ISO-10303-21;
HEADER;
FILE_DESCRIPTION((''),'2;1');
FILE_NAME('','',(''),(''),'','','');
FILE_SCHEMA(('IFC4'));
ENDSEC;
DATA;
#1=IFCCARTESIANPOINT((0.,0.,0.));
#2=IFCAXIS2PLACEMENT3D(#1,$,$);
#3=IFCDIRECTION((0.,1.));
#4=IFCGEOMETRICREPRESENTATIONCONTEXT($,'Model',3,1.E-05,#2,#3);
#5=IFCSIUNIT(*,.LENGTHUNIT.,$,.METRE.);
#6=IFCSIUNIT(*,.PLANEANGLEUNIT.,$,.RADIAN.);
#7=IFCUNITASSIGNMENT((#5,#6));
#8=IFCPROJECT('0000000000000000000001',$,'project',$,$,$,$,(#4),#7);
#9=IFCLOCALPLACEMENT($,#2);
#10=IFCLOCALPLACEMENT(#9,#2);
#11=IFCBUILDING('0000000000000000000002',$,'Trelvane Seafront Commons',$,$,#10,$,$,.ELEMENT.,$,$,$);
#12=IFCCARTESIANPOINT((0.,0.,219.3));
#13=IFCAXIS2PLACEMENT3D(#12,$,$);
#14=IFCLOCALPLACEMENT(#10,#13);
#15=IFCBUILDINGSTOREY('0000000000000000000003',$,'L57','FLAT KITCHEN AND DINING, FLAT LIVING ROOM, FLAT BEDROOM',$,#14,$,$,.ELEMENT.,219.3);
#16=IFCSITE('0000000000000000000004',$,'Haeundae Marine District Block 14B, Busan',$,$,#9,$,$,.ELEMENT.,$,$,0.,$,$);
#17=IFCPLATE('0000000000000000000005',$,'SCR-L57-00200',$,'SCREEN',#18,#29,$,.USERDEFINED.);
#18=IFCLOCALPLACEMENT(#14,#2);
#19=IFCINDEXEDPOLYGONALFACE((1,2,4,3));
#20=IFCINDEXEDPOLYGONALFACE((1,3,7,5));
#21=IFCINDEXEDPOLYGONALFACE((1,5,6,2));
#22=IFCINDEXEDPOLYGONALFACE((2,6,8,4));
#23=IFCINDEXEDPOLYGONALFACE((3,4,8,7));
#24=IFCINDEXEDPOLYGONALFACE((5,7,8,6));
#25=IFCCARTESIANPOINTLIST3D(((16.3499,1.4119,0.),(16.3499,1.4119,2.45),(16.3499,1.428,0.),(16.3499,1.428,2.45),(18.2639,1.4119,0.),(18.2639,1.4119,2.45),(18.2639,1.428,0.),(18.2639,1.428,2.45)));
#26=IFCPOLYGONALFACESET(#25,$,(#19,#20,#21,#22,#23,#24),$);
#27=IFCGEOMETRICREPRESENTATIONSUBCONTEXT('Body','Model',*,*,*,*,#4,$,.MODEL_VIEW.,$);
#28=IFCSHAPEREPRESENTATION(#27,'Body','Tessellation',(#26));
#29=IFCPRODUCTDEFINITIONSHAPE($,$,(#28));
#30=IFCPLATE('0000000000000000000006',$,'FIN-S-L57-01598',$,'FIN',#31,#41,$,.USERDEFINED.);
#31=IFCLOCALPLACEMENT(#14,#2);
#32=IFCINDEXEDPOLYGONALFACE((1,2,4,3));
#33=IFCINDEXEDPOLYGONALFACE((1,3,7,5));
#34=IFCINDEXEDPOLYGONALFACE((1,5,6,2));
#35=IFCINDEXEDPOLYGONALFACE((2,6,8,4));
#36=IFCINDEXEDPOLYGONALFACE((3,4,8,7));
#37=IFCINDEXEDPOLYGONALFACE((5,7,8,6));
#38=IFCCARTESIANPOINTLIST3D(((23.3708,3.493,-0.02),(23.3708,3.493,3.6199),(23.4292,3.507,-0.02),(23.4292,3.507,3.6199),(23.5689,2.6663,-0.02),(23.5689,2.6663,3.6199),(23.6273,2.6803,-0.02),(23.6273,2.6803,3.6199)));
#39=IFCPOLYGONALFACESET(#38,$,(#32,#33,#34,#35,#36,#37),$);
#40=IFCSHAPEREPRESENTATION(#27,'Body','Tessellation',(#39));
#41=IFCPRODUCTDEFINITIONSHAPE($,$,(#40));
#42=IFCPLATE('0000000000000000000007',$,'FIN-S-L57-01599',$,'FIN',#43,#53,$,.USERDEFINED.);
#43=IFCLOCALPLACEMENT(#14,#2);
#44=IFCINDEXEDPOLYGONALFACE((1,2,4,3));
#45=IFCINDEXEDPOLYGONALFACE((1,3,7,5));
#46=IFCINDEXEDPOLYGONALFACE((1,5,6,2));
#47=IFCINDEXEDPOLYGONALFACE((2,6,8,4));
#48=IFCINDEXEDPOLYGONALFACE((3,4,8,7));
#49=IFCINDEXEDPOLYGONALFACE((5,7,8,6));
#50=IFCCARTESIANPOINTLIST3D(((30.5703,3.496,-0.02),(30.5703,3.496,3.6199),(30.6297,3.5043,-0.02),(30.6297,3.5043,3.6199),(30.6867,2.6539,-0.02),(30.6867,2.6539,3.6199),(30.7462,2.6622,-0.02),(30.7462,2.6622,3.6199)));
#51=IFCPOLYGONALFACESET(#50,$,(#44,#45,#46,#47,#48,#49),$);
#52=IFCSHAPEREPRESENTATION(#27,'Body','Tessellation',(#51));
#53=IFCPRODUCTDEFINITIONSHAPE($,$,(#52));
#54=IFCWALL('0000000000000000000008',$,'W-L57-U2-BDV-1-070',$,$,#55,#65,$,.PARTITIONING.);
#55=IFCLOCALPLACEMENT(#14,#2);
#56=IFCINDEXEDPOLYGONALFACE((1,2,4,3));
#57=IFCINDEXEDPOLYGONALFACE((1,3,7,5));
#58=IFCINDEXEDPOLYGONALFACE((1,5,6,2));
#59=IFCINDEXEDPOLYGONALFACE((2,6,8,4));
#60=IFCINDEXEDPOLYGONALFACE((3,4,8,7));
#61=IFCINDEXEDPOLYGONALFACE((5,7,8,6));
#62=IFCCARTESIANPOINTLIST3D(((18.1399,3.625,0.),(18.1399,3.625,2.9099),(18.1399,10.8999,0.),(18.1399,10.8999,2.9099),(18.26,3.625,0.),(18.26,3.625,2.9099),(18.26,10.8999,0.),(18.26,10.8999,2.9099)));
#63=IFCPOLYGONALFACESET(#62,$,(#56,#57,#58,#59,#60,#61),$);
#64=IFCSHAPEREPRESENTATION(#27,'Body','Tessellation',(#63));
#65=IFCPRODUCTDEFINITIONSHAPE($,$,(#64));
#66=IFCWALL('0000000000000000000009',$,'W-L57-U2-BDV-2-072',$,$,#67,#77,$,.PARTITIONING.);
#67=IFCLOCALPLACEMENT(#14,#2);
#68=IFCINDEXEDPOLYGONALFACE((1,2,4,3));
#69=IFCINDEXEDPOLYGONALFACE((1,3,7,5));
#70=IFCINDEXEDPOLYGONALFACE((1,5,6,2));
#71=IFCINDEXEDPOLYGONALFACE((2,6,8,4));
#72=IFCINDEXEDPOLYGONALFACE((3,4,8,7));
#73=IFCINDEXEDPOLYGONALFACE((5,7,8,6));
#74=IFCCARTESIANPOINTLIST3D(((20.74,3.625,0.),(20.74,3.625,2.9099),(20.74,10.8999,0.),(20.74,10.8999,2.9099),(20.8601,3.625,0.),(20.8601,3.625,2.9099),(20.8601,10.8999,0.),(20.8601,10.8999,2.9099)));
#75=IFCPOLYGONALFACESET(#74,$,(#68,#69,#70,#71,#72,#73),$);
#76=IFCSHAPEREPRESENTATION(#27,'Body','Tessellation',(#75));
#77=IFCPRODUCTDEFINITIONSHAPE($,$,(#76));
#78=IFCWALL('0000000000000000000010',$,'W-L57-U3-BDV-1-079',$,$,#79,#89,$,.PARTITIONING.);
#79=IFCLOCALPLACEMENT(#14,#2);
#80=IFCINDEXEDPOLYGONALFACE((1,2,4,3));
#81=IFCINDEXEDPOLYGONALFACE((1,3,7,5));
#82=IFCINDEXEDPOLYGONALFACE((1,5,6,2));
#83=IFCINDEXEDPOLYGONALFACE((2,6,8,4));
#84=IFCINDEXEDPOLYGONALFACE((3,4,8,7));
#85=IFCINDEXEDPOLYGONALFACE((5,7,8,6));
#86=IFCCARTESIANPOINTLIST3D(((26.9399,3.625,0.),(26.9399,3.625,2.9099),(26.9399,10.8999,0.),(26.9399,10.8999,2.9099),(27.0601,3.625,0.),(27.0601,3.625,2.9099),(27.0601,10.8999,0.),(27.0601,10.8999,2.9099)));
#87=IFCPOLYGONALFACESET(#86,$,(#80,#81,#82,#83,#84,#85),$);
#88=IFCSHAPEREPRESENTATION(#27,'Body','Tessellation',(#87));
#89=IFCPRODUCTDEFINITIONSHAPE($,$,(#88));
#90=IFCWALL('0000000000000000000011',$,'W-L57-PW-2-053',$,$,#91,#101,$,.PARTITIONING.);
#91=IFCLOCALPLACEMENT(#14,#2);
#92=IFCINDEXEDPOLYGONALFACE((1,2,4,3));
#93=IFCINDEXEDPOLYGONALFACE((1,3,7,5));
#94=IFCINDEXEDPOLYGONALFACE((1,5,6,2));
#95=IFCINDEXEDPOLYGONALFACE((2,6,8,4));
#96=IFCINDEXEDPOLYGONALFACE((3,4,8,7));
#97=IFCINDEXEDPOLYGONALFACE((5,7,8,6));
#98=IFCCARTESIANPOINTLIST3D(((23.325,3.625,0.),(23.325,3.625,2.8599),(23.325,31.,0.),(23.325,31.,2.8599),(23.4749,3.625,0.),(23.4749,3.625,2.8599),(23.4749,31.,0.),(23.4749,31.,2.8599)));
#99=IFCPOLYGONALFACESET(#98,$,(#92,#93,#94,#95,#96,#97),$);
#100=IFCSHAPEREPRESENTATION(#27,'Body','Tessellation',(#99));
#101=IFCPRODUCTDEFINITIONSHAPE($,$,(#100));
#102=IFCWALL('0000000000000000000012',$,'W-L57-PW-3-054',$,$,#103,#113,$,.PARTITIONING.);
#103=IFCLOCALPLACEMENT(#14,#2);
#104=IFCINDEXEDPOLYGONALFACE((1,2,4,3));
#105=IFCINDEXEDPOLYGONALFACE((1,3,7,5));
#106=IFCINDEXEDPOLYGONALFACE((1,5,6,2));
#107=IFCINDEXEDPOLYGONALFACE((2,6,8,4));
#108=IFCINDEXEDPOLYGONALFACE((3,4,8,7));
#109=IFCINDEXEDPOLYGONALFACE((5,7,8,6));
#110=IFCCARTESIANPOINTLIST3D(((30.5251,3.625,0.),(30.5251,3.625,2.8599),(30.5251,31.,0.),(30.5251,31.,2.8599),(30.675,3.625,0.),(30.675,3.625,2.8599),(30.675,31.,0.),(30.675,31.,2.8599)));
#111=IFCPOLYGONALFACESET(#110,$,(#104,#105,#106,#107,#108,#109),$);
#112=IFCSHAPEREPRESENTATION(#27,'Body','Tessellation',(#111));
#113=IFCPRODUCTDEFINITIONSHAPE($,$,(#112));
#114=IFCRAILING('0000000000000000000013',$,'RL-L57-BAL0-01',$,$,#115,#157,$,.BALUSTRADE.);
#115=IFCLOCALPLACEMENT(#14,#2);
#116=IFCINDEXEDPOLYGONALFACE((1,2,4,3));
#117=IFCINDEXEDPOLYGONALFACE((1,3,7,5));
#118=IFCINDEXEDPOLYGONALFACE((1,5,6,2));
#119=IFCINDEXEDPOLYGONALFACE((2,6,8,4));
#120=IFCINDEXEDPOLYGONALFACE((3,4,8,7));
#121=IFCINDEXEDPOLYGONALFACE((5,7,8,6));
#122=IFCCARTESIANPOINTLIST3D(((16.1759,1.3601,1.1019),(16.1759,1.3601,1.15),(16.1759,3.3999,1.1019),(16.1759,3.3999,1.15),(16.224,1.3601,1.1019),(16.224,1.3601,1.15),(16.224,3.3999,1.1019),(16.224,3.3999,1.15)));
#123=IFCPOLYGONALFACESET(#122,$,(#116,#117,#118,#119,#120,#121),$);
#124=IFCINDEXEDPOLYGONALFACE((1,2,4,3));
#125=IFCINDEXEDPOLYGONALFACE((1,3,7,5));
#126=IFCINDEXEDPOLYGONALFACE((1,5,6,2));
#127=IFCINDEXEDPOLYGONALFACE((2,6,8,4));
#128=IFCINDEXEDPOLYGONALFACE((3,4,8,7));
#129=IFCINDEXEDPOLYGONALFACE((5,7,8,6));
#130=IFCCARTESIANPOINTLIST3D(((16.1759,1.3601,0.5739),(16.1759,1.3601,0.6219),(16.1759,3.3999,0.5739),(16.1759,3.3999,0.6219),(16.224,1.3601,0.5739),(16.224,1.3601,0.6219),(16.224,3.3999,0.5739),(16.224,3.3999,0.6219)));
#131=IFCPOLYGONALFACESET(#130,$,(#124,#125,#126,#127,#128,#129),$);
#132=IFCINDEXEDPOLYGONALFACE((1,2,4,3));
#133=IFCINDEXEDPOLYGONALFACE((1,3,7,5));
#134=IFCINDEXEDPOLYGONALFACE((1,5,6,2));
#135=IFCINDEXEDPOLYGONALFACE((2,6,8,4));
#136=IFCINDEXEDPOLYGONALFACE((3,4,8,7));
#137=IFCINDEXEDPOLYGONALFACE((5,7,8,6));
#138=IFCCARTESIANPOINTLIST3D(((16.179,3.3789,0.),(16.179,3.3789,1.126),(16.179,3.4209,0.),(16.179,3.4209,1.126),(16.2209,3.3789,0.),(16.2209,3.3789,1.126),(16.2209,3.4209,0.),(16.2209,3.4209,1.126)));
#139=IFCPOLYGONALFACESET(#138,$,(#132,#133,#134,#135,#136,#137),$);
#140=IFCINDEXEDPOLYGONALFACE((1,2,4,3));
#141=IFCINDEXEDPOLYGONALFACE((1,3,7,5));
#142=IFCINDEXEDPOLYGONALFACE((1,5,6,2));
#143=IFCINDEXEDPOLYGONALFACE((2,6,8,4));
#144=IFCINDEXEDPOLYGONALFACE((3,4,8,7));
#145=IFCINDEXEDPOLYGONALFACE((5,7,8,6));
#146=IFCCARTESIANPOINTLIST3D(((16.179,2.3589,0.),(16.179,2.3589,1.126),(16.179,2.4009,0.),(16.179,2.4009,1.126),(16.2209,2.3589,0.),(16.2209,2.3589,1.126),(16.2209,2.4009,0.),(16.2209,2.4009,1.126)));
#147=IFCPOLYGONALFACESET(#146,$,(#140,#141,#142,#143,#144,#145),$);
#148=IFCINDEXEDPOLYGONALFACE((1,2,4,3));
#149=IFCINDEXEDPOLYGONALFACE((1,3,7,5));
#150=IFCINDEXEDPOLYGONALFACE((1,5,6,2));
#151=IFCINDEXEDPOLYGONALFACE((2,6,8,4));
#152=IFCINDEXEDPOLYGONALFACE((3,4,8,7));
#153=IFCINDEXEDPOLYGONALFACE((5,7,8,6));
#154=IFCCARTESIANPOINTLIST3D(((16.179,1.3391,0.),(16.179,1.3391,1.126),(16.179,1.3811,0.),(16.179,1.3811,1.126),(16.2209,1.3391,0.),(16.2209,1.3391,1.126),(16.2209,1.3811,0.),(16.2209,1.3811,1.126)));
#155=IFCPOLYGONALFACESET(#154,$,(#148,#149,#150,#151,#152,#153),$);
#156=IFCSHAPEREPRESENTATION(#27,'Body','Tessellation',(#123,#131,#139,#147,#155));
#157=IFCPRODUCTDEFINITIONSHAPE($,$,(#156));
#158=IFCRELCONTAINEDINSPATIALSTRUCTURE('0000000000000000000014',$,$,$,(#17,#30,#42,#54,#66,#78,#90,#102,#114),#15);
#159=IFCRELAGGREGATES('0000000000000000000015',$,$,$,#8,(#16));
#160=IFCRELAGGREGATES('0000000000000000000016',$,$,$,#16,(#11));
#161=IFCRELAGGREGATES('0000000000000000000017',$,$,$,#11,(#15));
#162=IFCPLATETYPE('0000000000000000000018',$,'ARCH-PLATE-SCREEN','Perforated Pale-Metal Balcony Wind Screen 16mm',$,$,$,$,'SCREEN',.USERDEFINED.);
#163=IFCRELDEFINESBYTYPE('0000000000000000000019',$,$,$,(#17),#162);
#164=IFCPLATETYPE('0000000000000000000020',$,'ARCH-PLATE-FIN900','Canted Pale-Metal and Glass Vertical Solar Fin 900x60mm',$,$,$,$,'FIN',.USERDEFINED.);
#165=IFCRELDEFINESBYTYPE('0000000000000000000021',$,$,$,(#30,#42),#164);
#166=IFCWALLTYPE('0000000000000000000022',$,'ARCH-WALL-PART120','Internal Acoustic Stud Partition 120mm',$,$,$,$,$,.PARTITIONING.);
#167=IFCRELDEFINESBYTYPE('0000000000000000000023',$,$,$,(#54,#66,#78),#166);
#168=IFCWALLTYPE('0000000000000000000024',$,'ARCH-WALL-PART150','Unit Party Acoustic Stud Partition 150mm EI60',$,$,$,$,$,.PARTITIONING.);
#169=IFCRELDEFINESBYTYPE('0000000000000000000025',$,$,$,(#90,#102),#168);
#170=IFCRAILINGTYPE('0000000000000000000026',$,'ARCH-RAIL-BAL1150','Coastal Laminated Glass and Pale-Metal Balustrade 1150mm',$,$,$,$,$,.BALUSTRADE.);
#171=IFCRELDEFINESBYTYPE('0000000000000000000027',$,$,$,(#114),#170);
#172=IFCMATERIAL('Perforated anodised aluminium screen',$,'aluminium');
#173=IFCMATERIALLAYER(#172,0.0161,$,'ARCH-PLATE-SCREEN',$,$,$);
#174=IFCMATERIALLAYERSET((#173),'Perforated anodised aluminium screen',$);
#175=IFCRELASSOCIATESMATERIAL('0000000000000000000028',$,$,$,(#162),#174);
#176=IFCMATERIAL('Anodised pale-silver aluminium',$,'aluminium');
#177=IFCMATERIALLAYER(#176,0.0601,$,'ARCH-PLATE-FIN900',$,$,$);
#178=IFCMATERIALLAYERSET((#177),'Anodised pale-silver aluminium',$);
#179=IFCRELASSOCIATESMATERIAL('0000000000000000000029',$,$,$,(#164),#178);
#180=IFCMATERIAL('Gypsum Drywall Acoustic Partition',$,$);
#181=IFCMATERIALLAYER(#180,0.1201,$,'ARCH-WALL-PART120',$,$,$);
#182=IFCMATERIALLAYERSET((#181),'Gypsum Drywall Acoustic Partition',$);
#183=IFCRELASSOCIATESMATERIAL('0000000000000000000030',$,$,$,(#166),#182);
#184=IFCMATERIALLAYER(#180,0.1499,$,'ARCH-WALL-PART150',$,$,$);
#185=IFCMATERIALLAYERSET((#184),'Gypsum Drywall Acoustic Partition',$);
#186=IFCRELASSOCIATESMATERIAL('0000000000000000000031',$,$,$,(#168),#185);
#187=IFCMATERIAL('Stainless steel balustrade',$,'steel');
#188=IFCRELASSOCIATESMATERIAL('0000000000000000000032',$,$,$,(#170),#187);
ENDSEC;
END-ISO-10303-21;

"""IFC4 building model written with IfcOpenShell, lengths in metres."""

from ifc_helpers import new_model, si_unit, direction, frame, frame_2d, origin, origin_2d, place, context, subcontext, project, spatial, rectangle, extrude, source, transform, mapped, material, layer, layer_set, type_object, element, save


model = new_model("IFC4")

# Units and contexts
model_context = context("Model", 3, precision=1e-05, world=origin(), true_north=direction((0.0, 1.0)))
body_context = subcontext(model_context, "Body", "Model", "MODEL_VIEW")
ifc_project = project(units=[si_unit("LENGTHUNIT", "METRE"), si_unit("PLANEANGLEUNIT", "RADIAN")], contexts=[model_context])

# Site, building, storey
site_placement = place(None, origin())
site = spatial("IfcSite", under=ifc_project, at=site_placement, Name="Haeundae Marine District Block 14B, Busan", CompositionType="ELEMENT", RefElevation=0.0)
building_placement = place(site_placement, origin())
building = spatial("IfcBuilding", under=site, at=building_placement, Name="Trelvane Seafront Commons", CompositionType="ELEMENT")
storey_placement = place(building_placement, frame((0.0, 0.0, 219.3)))
storey = spatial("IfcBuildingStorey", under=building, at=storey_placement, Name="L57", Description="FLAT KITCHEN AND DINING, FLAT LIVING ROOM, FLAT BEDROOM", CompositionType="ELEMENT", Elevation=219.3)

# Plates
ifc_material_1 = material(Name="Perforated anodised aluminium screen", Category="aluminium")
ifc_layer_1 = layer(ifc_material_1, 0.0161, Name="ARCH-PLATE-SCREEN")
ifc_layer_set_1 = layer_set([ifc_layer_1], Name="Perforated anodised aluminium screen")
plate_type_1 = type_object("IfcPlateType", Name="ARCH-PLATE-SCREEN", Description="Perforated Pale-Metal Balcony Wind Screen 16mm", ElementType="SCREEN", PredefinedType="USERDEFINED", material=ifc_layer_set_1)
shared_shape_1 = source(origin(), body_context, "Body", "SweptSolid", [
    extrude(rectangle(XDim=1.9141, YDim=0.0161, at=origin_2d()), origin(), (0.0, 0.0, 1.0), 2.45),
])
plate_placement = place(storey_placement, frame((17.3069, 1.4199, 0.0), z_axis=(0.0, 0.0, 1.0), x_axis=(1.0, 0.0, 0.0)))
element("IfcPlate", 1, at=plate_placement, inside=storey, type_object=plate_type_1, Name="SCR-L57-00200", ObjectType="SCREEN", PredefinedType="USERDEFINED", context=body_context, shape_type="MappedRepresentation", body=[
    mapped(shared_shape_1, transform((0.0, 0.0, 0.0), x_axis=(1.0, 0.0, 0.0), y_axis=(0.0, 1.0, 0.0), z_axis=(0.0, 0.0, 1.0), scale=1.0)),
])
ifc_material_2 = material(Name="Anodised pale-silver aluminium", Category="aluminium")
ifc_layer_2 = layer(ifc_material_2, 0.0601, Name="ARCH-PLATE-FIN900")
ifc_layer_set_2 = layer_set([ifc_layer_2], Name="Anodised pale-silver aluminium")
plate_type_2 = type_object("IfcPlateType", Name="ARCH-PLATE-FIN900", Description="Canted Pale-Metal and Glass Vertical Solar Fin 900x60mm", ElementType="FIN", PredefinedType="USERDEFINED", material=ifc_layer_set_2)
shared_shape_2 = source(origin(), body_context, "Body", "SweptSolid", [
    extrude(rectangle(XDim=0.8501, YDim=0.0601, at=origin_2d()), origin(), (0.0, 0.0, 1.0), 3.6399),
])
for number, where, z_axis, x_axis, name in (
    (2, (23.499, 3.0867, -0.02), (0.0, 0.0, 1.0), (0.233057, -0.972463, 0.0), "FIN-S-L57-01598"),
    (3, (30.6582, 3.0791, -0.02), (0.0, 0.0, 1.0), (0.13694, -0.990579, 0.0), "FIN-S-L57-01599"),
):
    element("IfcPlate", number, at=place(storey_placement, frame(where, z_axis=z_axis, x_axis=x_axis)), inside=storey, type_object=plate_type_2, Name=name, ObjectType="FIN", PredefinedType="USERDEFINED", context=body_context, shape_type="MappedRepresentation", body=[
        mapped(shared_shape_2, transform((0.0, 0.0, 0.0), x_axis=(1.0, 0.0, 0.0), y_axis=(0.0, 1.0, 0.0), z_axis=(0.0, 0.0, 1.0), scale=1.0)),
    ])

# Shared definitions
ifc_material_3 = material(Name="Gypsum Drywall Acoustic Partition")
ifc_layer_3 = layer(ifc_material_3, 0.1201, Name="ARCH-WALL-PART120")
ifc_layer_set_3 = layer_set([ifc_layer_3], Name="Gypsum Drywall Acoustic Partition")
wall_type_1 = type_object("IfcWallType", Name="ARCH-WALL-PART120", Description="Internal Acoustic Stud Partition 120mm", PredefinedType="PARTITIONING", material=ifc_layer_set_3)

# Wall
wall_1_placement = place(storey_placement, frame((18.2, 3.625, 0.0), z_axis=(0.0, 0.0, 1.0), x_axis=(0.0, 1.0, 0.0)))
element("IfcWall", 4, at=wall_1_placement, inside=storey, type_object=wall_type_1, Name="W-L57-U2-BDV-1-070", PredefinedType="PARTITIONING", context=body_context, shape_type="SweptSolid", body=[
    extrude(rectangle(XDim=7.2749, YDim=0.1201, at=frame_2d((3.6375, 0.0))), origin(), (0.0, 0.0, 1.0), 2.9099),
])

# Walls
for number, where, z_axis, x_axis, name in (
    (5, (20.8, 3.625, 0.0), (0.0, 0.0, 1.0), (0.0, 1.0, 0.0), "W-L57-U2-BDV-2-072"),
    (6, (27.0, 3.625, 0.0), (0.0, 0.0, 1.0), (0.0, 1.0, 0.0), "W-L57-U3-BDV-1-079"),
):
    element("IfcWall", number, at=place(storey_placement, frame(where, z_axis=z_axis, x_axis=x_axis)), inside=storey, type_object=wall_type_1, Name=name, PredefinedType="PARTITIONING", context=body_context, shape_type="SweptSolid", body=[
        extrude(rectangle(XDim=7.2749, YDim=0.1201, at=frame_2d((3.6375, 0.0))), origin(), (0.0, 0.0, 1.0), 2.9099),
    ])
ifc_layer_4 = layer(ifc_material_3, 0.1499, Name="ARCH-WALL-PART150")
ifc_layer_set_4 = layer_set([ifc_layer_4], Name="Gypsum Drywall Acoustic Partition")
wall_type_2 = type_object("IfcWallType", Name="ARCH-WALL-PART150", Description="Unit Party Acoustic Stud Partition 150mm EI60", PredefinedType="PARTITIONING", material=ifc_layer_set_4)
for number, where, z_axis, x_axis, name in (
    (7, (23.3999, 3.625, 0.0), (0.0, 0.0, 1.0), (0.0, 1.0, 0.0), "W-L57-PW-2-053"),
    (8, (30.6001, 3.625, 0.0), (0.0, 0.0, 1.0), (0.0, 1.0, 0.0), "W-L57-PW-3-054"),
):
    element("IfcWall", number, at=place(storey_placement, frame(where, z_axis=z_axis, x_axis=x_axis)), inside=storey, type_object=wall_type_2, Name=name, PredefinedType="PARTITIONING", context=body_context, shape_type="SweptSolid", body=[
        extrude(rectangle(XDim=27.375, YDim=0.1499, at=frame_2d((13.6875, 0.0))), origin(), (0.0, 0.0, 1.0), 2.8599),
    ])

# Railing
ifc_material_4 = material(Name="Stainless steel balustrade", Category="steel")
railing_type = type_object("IfcRailingType", Name="ARCH-RAIL-BAL1150", Description="Coastal Laminated Glass and Pale-Metal Balustrade 1150mm", PredefinedType="BALUSTRADE", material=ifc_material_4)
railing_1_placement = place(storey_placement, frame((16.2, 3.3999, 0.0)))
element("IfcRailing", 9, at=railing_1_placement, inside=storey, type_object=railing_type, Name="RL-L57-BAL0-01", PredefinedType="BALUSTRADE", context=body_context, shape_type="SweptSolid", body=[
    extrude(rectangle(XDim=0.0481, YDim=0.0481, at=origin_2d()), frame((0.0, 0.0, 1.126), z_axis=(0.0, -1.0, 0.0), x_axis=(1.0, 0.0, 0.0)), (0.0, 0.0, 1.0), 2.0398),
    extrude(rectangle(XDim=0.0481, YDim=0.0481, at=origin_2d()), frame((0.0, 0.0, 0.5979), z_axis=(0.0, -1.0, 0.0), x_axis=(1.0, 0.0, 0.0)), (0.0, 0.0, 1.0), 2.0398),
    extrude(rectangle(XDim=0.042, YDim=0.042, at=origin_2d()), origin(), (0.0, 0.0, 1.0), 1.126),
    extrude(rectangle(XDim=0.042, YDim=0.042, at=origin_2d()), frame((0.0, -1.02, 0.0)), (0.0, 0.0, 1.0), 1.126),
    extrude(rectangle(XDim=0.042, YDim=0.042, at=origin_2d()), frame((0.0, -2.0398, 0.0)), (0.0, 0.0, 1.0), 1.126),
])

save(model, "model.ifc")
